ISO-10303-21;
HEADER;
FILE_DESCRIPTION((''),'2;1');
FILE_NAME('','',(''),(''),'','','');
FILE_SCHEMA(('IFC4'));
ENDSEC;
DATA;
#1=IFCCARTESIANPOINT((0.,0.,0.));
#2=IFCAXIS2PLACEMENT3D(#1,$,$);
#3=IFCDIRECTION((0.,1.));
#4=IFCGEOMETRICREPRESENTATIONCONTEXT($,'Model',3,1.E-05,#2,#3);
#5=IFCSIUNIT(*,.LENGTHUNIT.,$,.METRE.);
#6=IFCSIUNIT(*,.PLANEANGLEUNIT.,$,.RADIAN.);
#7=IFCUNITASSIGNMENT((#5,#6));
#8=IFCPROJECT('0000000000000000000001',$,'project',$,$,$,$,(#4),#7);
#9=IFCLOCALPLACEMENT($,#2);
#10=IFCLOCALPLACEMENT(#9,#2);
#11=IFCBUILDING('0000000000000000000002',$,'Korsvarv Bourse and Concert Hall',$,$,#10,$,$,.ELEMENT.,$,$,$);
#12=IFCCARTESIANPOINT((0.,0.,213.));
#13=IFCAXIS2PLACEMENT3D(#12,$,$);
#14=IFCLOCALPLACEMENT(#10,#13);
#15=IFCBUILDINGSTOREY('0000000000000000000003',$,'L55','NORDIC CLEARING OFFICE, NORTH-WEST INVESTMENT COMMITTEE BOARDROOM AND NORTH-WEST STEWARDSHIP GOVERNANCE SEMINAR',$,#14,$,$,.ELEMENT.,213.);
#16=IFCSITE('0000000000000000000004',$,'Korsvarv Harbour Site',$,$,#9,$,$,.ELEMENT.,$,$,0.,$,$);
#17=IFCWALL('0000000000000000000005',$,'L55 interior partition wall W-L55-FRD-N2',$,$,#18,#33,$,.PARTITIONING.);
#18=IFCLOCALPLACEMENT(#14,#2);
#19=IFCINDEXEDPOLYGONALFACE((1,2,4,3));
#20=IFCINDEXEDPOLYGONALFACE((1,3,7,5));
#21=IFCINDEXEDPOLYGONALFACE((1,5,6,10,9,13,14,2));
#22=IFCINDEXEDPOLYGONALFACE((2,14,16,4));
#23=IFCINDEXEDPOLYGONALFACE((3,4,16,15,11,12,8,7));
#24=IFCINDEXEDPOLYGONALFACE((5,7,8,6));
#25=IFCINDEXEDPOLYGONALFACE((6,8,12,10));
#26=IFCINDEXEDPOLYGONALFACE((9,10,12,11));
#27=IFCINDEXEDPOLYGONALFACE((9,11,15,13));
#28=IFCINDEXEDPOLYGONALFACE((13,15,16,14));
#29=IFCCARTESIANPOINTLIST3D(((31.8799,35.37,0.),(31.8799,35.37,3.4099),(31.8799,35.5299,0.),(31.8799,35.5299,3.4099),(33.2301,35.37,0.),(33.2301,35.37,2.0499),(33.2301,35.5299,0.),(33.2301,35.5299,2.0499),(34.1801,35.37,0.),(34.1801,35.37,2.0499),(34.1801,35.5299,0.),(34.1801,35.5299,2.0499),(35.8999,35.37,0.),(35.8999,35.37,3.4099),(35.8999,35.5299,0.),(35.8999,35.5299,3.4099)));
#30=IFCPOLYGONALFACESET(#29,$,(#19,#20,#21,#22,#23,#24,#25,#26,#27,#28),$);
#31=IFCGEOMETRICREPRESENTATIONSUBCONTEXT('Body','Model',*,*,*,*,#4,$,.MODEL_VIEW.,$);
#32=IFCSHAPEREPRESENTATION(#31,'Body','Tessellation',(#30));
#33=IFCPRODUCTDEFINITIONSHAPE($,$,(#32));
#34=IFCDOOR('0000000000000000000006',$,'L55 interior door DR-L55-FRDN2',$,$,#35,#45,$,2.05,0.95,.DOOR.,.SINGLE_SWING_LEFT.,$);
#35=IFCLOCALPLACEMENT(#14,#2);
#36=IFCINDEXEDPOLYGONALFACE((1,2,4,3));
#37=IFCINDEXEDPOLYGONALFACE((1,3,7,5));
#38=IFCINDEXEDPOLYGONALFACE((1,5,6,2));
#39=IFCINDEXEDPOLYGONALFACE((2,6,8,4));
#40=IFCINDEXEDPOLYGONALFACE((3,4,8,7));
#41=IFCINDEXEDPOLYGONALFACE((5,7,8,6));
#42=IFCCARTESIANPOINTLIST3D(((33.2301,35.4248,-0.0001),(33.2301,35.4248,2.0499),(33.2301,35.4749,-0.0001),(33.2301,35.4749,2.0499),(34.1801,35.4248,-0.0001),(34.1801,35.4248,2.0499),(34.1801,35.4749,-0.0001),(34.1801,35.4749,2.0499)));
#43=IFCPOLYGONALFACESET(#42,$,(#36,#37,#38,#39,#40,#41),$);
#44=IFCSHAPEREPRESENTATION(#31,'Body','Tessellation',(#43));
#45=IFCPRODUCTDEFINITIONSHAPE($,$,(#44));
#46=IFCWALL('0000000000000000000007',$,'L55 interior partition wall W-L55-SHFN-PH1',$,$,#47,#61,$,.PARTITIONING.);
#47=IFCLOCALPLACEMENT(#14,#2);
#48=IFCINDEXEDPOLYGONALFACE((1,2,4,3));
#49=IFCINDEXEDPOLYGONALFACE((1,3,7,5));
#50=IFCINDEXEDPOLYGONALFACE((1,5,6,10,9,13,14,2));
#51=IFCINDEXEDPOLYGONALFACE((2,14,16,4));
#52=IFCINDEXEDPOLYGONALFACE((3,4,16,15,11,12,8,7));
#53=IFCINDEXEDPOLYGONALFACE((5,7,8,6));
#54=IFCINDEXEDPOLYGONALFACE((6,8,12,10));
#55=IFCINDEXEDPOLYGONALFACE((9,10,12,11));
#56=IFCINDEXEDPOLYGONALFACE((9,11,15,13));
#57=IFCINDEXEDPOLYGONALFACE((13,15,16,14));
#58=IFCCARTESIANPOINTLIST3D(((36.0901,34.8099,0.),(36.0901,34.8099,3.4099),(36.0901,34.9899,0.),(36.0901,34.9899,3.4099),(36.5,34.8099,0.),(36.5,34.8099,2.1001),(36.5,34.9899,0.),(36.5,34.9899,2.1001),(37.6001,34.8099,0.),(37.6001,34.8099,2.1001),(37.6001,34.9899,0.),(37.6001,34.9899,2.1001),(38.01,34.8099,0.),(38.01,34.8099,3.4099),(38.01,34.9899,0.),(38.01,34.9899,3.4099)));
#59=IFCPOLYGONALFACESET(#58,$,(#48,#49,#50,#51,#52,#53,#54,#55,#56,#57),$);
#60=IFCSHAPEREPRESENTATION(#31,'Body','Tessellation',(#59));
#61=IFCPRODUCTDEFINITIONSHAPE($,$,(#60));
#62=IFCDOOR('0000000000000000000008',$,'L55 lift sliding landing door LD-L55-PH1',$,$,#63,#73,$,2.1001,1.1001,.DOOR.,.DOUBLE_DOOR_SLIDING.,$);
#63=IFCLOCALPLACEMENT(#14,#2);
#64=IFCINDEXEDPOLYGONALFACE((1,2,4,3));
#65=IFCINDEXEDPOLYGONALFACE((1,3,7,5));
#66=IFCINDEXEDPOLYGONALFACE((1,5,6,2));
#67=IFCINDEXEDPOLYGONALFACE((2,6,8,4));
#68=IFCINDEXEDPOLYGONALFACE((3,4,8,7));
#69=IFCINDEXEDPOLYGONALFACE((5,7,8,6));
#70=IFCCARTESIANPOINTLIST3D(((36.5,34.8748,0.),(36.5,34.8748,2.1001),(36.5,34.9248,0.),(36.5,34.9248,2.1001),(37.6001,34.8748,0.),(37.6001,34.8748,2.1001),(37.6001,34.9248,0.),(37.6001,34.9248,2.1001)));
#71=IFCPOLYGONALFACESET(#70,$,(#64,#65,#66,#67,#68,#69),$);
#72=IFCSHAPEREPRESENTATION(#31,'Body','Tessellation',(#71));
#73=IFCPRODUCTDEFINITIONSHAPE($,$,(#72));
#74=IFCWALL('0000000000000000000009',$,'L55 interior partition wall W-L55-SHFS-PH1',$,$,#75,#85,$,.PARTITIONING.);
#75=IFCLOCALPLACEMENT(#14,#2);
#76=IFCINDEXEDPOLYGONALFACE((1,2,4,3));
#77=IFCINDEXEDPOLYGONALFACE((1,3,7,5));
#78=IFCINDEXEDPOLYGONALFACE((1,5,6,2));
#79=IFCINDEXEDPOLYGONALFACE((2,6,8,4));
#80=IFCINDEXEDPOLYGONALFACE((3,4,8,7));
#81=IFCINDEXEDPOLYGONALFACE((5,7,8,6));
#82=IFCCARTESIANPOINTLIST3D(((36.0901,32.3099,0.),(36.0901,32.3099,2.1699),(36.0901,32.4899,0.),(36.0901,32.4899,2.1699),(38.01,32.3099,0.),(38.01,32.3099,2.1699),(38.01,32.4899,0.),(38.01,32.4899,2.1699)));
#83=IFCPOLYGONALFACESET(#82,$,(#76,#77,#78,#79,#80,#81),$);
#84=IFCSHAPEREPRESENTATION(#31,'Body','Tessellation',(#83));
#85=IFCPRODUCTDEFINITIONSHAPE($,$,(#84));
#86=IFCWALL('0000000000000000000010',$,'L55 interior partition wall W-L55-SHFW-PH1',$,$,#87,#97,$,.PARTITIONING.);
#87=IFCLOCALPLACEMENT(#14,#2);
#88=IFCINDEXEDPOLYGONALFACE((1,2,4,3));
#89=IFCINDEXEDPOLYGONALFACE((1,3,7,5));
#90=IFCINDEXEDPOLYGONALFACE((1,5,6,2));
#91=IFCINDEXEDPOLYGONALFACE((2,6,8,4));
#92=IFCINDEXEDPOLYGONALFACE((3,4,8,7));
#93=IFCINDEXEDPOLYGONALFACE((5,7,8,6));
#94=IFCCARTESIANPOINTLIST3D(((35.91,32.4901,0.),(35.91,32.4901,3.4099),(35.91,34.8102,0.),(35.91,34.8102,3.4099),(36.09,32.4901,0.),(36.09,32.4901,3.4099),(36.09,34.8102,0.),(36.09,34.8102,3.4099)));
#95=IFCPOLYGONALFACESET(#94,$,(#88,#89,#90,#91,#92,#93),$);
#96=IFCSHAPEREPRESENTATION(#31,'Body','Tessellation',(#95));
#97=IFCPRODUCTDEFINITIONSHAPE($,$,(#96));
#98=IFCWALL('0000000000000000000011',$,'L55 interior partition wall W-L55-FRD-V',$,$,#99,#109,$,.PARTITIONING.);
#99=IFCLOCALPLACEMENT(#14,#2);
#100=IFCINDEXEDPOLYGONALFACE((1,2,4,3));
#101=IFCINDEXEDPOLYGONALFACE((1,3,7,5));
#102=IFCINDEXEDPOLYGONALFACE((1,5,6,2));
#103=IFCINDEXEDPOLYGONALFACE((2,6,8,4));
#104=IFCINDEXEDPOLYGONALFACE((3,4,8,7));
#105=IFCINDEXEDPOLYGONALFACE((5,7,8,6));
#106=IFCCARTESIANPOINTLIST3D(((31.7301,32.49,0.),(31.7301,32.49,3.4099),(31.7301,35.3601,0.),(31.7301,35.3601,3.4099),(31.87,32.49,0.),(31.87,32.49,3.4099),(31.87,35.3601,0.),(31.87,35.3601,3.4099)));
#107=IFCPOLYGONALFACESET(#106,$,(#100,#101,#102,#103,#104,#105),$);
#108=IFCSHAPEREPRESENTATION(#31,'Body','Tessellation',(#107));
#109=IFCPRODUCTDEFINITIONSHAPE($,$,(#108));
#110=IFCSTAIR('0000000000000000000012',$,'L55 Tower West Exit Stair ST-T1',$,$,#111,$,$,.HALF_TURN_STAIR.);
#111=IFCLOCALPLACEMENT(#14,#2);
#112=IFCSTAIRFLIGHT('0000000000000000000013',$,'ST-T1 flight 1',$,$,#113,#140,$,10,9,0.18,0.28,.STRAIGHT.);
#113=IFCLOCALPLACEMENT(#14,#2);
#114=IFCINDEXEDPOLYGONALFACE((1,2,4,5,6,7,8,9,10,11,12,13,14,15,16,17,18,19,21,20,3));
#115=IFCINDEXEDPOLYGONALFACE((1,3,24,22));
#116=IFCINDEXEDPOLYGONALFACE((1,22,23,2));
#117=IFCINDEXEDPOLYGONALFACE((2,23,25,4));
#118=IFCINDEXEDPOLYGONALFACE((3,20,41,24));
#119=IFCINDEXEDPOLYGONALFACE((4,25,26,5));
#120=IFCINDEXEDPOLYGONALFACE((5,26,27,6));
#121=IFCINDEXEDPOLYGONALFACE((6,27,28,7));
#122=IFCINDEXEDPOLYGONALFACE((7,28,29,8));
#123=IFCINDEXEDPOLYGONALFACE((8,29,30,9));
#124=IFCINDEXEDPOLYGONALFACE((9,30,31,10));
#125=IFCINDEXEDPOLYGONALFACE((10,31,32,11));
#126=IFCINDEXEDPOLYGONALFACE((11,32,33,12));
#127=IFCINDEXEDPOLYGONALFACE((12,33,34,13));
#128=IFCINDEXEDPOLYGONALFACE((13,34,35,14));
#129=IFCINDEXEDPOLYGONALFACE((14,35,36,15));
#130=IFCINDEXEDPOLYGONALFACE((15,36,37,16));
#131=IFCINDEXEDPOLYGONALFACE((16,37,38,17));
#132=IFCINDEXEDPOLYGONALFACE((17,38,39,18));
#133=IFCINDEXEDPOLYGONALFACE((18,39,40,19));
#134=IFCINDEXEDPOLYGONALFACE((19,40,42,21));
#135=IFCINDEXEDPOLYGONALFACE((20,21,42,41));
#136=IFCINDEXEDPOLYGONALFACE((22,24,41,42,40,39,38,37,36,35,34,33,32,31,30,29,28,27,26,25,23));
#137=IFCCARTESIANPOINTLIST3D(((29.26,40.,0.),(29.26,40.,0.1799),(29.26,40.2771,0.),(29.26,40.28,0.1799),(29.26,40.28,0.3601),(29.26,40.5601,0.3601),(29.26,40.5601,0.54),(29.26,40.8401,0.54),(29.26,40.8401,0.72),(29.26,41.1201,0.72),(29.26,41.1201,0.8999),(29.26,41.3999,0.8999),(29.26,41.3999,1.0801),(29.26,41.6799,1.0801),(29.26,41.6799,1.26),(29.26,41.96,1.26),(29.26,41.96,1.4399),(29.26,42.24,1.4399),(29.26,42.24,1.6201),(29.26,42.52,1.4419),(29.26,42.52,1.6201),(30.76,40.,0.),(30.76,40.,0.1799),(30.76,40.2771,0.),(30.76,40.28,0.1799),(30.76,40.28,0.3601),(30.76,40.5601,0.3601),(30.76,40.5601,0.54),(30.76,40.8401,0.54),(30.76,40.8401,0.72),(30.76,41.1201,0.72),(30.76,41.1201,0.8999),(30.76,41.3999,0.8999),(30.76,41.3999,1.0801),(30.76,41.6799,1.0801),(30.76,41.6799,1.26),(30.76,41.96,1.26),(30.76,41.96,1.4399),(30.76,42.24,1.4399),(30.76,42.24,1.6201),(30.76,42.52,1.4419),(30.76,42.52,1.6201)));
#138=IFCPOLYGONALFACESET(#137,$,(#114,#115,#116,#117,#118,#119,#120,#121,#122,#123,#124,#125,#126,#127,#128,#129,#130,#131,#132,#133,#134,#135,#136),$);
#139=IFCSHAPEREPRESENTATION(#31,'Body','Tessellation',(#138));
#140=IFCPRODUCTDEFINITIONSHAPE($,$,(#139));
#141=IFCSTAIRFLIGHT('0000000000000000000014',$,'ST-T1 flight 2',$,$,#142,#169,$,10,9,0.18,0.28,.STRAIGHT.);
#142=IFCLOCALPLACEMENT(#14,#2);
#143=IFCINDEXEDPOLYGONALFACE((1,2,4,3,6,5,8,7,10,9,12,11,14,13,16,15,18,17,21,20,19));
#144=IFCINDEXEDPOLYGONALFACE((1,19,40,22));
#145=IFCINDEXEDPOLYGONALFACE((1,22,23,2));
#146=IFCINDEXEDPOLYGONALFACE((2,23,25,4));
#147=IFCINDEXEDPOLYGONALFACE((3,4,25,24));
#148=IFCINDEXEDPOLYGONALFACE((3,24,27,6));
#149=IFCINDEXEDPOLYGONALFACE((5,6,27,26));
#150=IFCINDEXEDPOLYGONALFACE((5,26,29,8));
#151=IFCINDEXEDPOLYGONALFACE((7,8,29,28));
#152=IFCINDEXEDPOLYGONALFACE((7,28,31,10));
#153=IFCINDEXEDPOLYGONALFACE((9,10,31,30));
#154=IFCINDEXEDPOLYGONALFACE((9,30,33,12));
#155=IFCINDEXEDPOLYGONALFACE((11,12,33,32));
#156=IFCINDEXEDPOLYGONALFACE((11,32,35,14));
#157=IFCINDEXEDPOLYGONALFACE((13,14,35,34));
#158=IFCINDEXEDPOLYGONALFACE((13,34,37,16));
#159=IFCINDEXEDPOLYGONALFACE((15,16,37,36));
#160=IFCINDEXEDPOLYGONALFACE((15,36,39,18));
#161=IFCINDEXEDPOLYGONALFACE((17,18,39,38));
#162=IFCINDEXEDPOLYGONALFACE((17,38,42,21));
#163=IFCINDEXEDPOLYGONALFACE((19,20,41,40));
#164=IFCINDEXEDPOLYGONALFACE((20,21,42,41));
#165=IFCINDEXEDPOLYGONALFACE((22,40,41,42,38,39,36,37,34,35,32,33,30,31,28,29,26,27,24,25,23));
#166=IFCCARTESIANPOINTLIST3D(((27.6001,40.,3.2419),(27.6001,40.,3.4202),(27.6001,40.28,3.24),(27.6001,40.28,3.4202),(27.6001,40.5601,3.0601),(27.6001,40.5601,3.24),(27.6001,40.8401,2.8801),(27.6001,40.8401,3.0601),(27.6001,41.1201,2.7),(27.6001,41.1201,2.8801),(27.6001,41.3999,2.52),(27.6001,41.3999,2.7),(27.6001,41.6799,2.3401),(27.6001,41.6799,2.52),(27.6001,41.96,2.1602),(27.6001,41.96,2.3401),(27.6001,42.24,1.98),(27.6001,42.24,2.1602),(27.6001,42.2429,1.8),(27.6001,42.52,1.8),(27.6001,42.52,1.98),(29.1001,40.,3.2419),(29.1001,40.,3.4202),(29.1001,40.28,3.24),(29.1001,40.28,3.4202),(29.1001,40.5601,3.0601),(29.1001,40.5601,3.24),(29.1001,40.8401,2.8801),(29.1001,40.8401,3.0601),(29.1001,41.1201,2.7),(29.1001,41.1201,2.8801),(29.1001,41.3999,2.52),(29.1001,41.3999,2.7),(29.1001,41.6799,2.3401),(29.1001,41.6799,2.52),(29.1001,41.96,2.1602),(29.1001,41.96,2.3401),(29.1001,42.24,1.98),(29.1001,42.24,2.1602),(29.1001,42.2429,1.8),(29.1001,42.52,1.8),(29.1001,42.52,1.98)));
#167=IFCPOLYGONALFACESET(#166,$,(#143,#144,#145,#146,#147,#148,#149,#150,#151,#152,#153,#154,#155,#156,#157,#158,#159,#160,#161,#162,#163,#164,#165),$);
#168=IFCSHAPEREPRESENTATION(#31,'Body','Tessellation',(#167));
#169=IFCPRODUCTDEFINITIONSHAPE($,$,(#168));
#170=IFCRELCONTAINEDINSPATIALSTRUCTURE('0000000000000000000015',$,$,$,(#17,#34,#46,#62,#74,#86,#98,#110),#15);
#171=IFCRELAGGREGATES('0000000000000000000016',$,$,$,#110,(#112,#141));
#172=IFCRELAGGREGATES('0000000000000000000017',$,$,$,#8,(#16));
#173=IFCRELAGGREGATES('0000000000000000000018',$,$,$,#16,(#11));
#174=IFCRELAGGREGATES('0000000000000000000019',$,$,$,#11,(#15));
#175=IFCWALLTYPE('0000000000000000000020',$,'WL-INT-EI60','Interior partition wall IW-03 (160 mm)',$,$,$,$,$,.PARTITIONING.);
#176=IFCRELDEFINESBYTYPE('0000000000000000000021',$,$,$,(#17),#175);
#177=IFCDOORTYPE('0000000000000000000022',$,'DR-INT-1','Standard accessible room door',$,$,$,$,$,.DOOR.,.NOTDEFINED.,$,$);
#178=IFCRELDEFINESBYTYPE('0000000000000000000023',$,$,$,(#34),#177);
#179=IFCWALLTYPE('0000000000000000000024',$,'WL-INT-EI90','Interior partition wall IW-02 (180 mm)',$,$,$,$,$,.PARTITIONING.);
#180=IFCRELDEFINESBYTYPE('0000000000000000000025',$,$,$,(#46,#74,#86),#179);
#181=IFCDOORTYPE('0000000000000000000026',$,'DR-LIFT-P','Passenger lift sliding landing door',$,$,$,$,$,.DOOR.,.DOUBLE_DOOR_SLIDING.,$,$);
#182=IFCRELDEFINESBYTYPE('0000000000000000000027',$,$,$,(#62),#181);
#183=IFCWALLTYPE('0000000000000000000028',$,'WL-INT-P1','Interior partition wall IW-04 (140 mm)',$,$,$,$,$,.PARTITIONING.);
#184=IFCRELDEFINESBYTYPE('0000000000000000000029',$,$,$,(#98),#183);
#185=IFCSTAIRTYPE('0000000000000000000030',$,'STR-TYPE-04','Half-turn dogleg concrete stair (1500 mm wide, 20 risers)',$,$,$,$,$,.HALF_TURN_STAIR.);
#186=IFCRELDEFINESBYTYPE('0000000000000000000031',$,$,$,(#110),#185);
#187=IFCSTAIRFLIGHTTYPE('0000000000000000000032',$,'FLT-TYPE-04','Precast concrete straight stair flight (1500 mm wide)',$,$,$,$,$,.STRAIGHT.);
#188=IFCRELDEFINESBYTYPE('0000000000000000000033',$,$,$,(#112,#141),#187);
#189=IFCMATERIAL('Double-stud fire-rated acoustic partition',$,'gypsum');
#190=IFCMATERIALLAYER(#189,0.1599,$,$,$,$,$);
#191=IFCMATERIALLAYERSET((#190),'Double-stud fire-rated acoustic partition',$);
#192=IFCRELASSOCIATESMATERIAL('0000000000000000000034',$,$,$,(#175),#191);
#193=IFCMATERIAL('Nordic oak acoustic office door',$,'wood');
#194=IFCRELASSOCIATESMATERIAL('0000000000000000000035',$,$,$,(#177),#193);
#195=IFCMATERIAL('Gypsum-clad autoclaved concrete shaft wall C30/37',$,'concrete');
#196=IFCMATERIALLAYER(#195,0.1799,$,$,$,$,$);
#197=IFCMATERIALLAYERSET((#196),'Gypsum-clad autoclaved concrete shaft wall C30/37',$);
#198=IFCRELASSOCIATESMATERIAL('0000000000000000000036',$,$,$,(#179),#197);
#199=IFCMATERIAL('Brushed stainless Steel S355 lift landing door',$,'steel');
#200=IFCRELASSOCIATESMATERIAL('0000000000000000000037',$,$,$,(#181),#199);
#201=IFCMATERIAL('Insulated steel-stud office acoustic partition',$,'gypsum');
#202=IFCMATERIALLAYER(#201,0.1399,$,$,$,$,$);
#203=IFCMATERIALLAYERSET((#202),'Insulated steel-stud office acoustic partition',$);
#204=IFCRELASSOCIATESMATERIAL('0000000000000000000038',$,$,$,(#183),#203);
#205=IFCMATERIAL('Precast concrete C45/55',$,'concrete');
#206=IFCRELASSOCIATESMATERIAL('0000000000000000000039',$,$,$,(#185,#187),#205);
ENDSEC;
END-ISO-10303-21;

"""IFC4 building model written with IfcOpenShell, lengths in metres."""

from ifc_helpers import new_model, si_unit, direction, frame, frame_2d, origin, place, context, subcontext, project, spatial, polyline, rectangle, outline, extrude, material, layer, layer_set, type_object, element, fill, aggregate, save


model = new_model("IFC4")

# Units and contexts
model_context = context("Model", 3, precision=1e-05, world=origin(), true_north=direction((0.0, 1.0)))
body_context = subcontext(model_context, "Body", "Model", "MODEL_VIEW")
ifc_project = project(units=[si_unit("LENGTHUNIT", "METRE"), si_unit("PLANEANGLEUNIT", "RADIAN")], contexts=[model_context])

# Site, building, storey
site_placement = place(None, origin())
site = spatial("IfcSite", under=ifc_project, at=site_placement, Name="Korsvarv Harbour Site", CompositionType="ELEMENT", RefElevation=0.0)
building_placement = place(site_placement, origin())
building = spatial("IfcBuilding", under=site, at=building_placement, Name="Korsvarv Bourse and Concert Hall", CompositionType="ELEMENT")
storey_placement = place(building_placement, frame((0.0, 0.0, 213.0)))
storey = spatial("IfcBuildingStorey", under=building, at=storey_placement, Name="L55", Description="NORDIC CLEARING OFFICE, NORTH-WEST INVESTMENT COMMITTEE BOARDROOM AND NORTH-WEST STEWARDSHIP GOVERNANCE SEMINAR", CompositionType="ELEMENT", Elevation=213.0)

# Shared definitions
ifc_material_1 = material(Name="Double-stud fire-rated acoustic partition", Category="gypsum")
ifc_layer_1 = layer(ifc_material_1, 0.1599)
ifc_layer_set_1 = layer_set([ifc_layer_1], Name="Double-stud fire-rated acoustic partition")
wall_type_1 = type_object("IfcWallType", Name="WL-INT-EI60", Description="Interior partition wall IW-03 (160 mm)", PredefinedType="PARTITIONING", material=ifc_layer_set_1)

# Walls, openings, doors
wall_1_placement = place(storey_placement, frame((31.8799, 35.45, 0.0), z_axis=(0.0, 0.0, 1.0), x_axis=(1.0, 0.0, 0.0)))
wall_1 = element("IfcWall", 1, at=wall_1_placement, inside=storey, type_object=wall_type_1, Name="L55 interior partition wall W-L55-FRD-N2", PredefinedType="PARTITIONING", context=body_context, shape_type="SweptSolid", body=[
    extrude(rectangle(XDim=4.02, YDim=0.1599, at=frame_2d((2.01, 0.0))), origin(), (0.0, 0.0, 1.0), 3.4099),
])
opening_1_placement = place(wall_1_placement, frame((1.3501, 0.0, 0.0)))
opening_1 = element("IfcOpeningElement", 2, at=opening_1_placement, cuts=wall_1, PredefinedType="OPENING", context=body_context, shape_type="SweptSolid", body=[
    extrude(rectangle(XDim=0.95, YDim=2.05, at=frame_2d((0.4751, 1.0249))), frame((0.0, 0.0898, 0.0), z_axis=(0.0, -1.0, 0.0), x_axis=(1.0, 0.0, 0.0)), (0.0, 0.0, 1.0), 0.1799),
])
ifc_material_2 = material(Name="Nordic oak acoustic office door", Category="wood")
door_type_1 = type_object("IfcDoorType", Name="DR-INT-1", Description="Standard accessible room door", OperationType="NOTDEFINED", PredefinedType="DOOR", material=ifc_material_2)
door_1_placement = place(opening_1_placement, origin())
door_1 = element("IfcDoor", 3, at=door_1_placement, inside=storey, type_object=door_type_1, Name="L55 interior door DR-L55-FRDN2", OperationType="SINGLE_SWING_LEFT", OverallHeight=2.05, OverallWidth=0.95, PredefinedType="DOOR", context=body_context, shape_type="SweptSolid", body=[
    extrude(rectangle(XDim=0.95, YDim=2.05, at=frame_2d((0.4751, 1.0249))), frame((0.0, 0.0249, 0.0), z_axis=(0.0, -1.0, 0.0), x_axis=(1.0, 0.0, 0.0)), (0.0, 0.0, 1.0), 0.05),
])
fill(opening_1, door_1)
ifc_material_3 = material(Name="Gypsum-clad autoclaved concrete shaft wall C30/37", Category="concrete")
ifc_layer_2 = layer(ifc_material_3, 0.1799)
ifc_layer_set_2 = layer_set([ifc_layer_2], Name="Gypsum-clad autoclaved concrete shaft wall C30/37")
wall_type_2 = type_object("IfcWallType", Name="WL-INT-EI90", Description="Interior partition wall IW-02 (180 mm)", PredefinedType="PARTITIONING", material=ifc_layer_set_2)
wall_2_placement = place(storey_placement, frame((36.0901, 34.8999, 0.0), z_axis=(0.0, 0.0, 1.0), x_axis=(1.0, 0.0, 0.0)))
wall_2 = element("IfcWall", 4, at=wall_2_placement, inside=storey, type_object=wall_type_2, Name="L55 interior partition wall W-L55-SHFN-PH1", PredefinedType="PARTITIONING", context=body_context, shape_type="SweptSolid", body=[
    extrude(rectangle(XDim=1.9199, YDim=0.1799, at=frame_2d((0.96, 0.0))), origin(), (0.0, 0.0, 1.0), 3.4099),
])
opening_2_placement = place(wall_2_placement, frame((0.4099, 0.0, 0.0)))
opening_2 = element("IfcOpeningElement", 5, at=opening_2_placement, cuts=wall_2, PredefinedType="OPENING", context=body_context, shape_type="SweptSolid", body=[
    extrude(rectangle(XDim=1.1001, YDim=2.1001, at=frame_2d((0.55, 1.05))), frame((0.0, 0.1001, 0.0), z_axis=(0.0, -1.0, 0.0), x_axis=(1.0, 0.0, 0.0)), (0.0, 0.0, 1.0), 0.2),
])
ifc_material_4 = material(Name="Brushed stainless Steel S355 lift landing door", Category="steel")
door_type_2 = type_object("IfcDoorType", Name="DR-LIFT-P", Description="Passenger lift sliding landing door", OperationType="DOUBLE_DOOR_SLIDING", PredefinedType="DOOR", material=ifc_material_4)
door_2_placement = place(opening_2_placement, origin())
door_2 = element("IfcDoor", 6, at=door_2_placement, inside=storey, type_object=door_type_2, Name="L55 lift sliding landing door LD-L55-PH1", OperationType="DOUBLE_DOOR_SLIDING", OverallHeight=2.1001, OverallWidth=1.1001, PredefinedType="DOOR", context=body_context, shape_type="SweptSolid", body=[
    extrude(rectangle(XDim=1.1001, YDim=2.1001, at=frame_2d((0.55, 1.05))), frame((0.0, 0.0249, 0.0), z_axis=(0.0, -1.0, 0.0), x_axis=(1.0, 0.0, 0.0)), (0.0, 0.0, 1.0), 0.05),
])
fill(opening_2, door_2)

# Walls
wall_3_placement = place(storey_placement, frame((36.0901, 32.3999, 0.0), z_axis=(0.0, 0.0, 1.0), x_axis=(1.0, 0.0, 0.0)))
element("IfcWall", 7, at=wall_3_placement, inside=storey, type_object=wall_type_2, Name="L55 interior partition wall W-L55-SHFS-PH1", PredefinedType="PARTITIONING", context=body_context, shape_type="SweptSolid", body=[
    extrude(rectangle(XDim=1.9199, YDim=0.1799, at=frame_2d((0.96, 0.0))), origin(), (0.0, 0.0, 1.0), 2.1699),
])
wall_4_placement = place(storey_placement, frame((36.0, 32.49, 0.0), z_axis=(0.0, 0.0, 1.0), x_axis=(0.0, 1.0, 0.0)))
element("IfcWall", 8, at=wall_4_placement, inside=storey, type_object=wall_type_2, Name="L55 interior partition wall W-L55-SHFW-PH1", PredefinedType="PARTITIONING", context=body_context, shape_type="SweptSolid", body=[
    extrude(rectangle(XDim=2.3201, YDim=0.1799, at=frame_2d((1.1602, 0.0))), origin(), (0.0, 0.0, 1.0), 3.4099),
])
ifc_material_5 = material(Name="Insulated steel-stud office acoustic partition", Category="gypsum")
ifc_layer_3 = layer(ifc_material_5, 0.1399)
ifc_layer_set_3 = layer_set([ifc_layer_3], Name="Insulated steel-stud office acoustic partition")
wall_type_3 = type_object("IfcWallType", Name="WL-INT-P1", Description="Interior partition wall IW-04 (140 mm)", PredefinedType="PARTITIONING", material=ifc_layer_set_3)
wall_5_placement = place(storey_placement, frame((31.8, 32.49, 0.0), z_axis=(0.0, 0.0, 1.0), x_axis=(0.0, 1.0, 0.0)))
element("IfcWall", 9, at=wall_5_placement, inside=storey, type_object=wall_type_3, Name="L55 interior partition wall W-L55-FRD-V", PredefinedType="PARTITIONING", context=body_context, shape_type="SweptSolid", body=[
    extrude(rectangle(XDim=2.8701, YDim=0.1399, at=frame_2d((1.4351, 0.0))), origin(), (0.0, 0.0, 1.0), 3.4099),
])

# Stair, stair flights
ifc_material_6 = material(Name="Precast concrete C45/55", Category="concrete")
stair_type = type_object("IfcStairType", Name="STR-TYPE-04", Description="Half-turn dogleg concrete stair (1500 mm wide, 20 risers)", PredefinedType="HALF_TURN_STAIR", material=ifc_material_6)
stair_placement = place(storey_placement, origin())
stair = element("IfcStair", 10, at=stair_placement, inside=storey, type_object=stair_type, Name="L55 Tower West Exit Stair ST-T1", PredefinedType="HALF_TURN_STAIR")
stair_flight_type = type_object("IfcStairFlightType", Name="FLT-TYPE-04", Description="Precast concrete straight stair flight (1500 mm wide)", PredefinedType="STRAIGHT", material=ifc_material_6)
stair_flight_1_placement = place(storey_placement, frame((30.01, 40.0, 0.0), z_axis=(0.0, 0.0, 1.0), x_axis=(0.0, 1.0, 0.0)))
stair_flight_1 = element("IfcStairFlight", 11, at=stair_flight_1_placement, type_object=stair_flight_type, Name="ST-T1 flight 1", NumberOfRisers=10, NumberOfTreads=9, PredefinedType="STRAIGHT", RiserHeight=0.18, TreadLength=0.28, context=body_context, shape_type="SweptSolid", body=[
    extrude(outline(polyline([(0.0, 0.0), (0.0, 0.1799), (0.28, 0.1799), (0.28, 0.3601), (0.5601, 0.3601), (0.5601, 0.54), (0.8401, 0.54), (0.8401, 0.72), (1.1201, 0.72), (1.1201, 0.8999), (1.3999, 0.8999), (1.3999, 1.0801), (1.6799, 1.0801), (1.6799, 1.26), (1.96, 1.26), (1.96, 1.4399), (2.24, 1.4399), (2.24, 1.6201), (2.52, 1.6201), (2.52, 1.8), (2.52, 1.4419), (0.2771, 0.0), (0.0, 0.0)])), frame((0.0, 0.75, 0.0), z_axis=(0.0, -1.0, 0.0), x_axis=(1.0, 0.0, 0.0)), (0.0, 0.0, 1.0), 1.5),
])
stair_flight_2_placement = place(storey_placement, frame((28.3501, 42.52, 1.8), z_axis=(0.0, 0.0, 1.0), x_axis=(0.0, -1.0, 0.0)))
stair_flight_2 = element("IfcStairFlight", 12, at=stair_flight_2_placement, type_object=stair_flight_type, Name="ST-T1 flight 2", NumberOfRisers=10, NumberOfTreads=9, PredefinedType="STRAIGHT", RiserHeight=0.18, TreadLength=0.28, context=body_context, shape_type="SweptSolid", body=[
    extrude(outline(polyline([(0.0, 0.0), (0.0, 0.1799), (0.28, 0.1799), (0.28, 0.3601), (0.5601, 0.3601), (0.5601, 0.54), (0.8401, 0.54), (0.8401, 0.72), (1.1201, 0.72), (1.1201, 0.8999), (1.3999, 0.8999), (1.3999, 1.0801), (1.6799, 1.0801), (1.6799, 1.26), (1.96, 1.26), (1.96, 1.4399), (2.24, 1.4399), (2.24, 1.6201), (2.52, 1.6201), (2.52, 1.8), (2.52, 1.4419), (0.2771, 0.0), (0.0, 0.0)])), frame((0.0, 0.75, 0.0), z_axis=(0.0, -1.0, 0.0), x_axis=(1.0, 0.0, 0.0)), (0.0, 0.0, 1.0), 1.5),
])
aggregate(stair, [stair_flight_1, stair_flight_2])

save(model, "model.ifc")
